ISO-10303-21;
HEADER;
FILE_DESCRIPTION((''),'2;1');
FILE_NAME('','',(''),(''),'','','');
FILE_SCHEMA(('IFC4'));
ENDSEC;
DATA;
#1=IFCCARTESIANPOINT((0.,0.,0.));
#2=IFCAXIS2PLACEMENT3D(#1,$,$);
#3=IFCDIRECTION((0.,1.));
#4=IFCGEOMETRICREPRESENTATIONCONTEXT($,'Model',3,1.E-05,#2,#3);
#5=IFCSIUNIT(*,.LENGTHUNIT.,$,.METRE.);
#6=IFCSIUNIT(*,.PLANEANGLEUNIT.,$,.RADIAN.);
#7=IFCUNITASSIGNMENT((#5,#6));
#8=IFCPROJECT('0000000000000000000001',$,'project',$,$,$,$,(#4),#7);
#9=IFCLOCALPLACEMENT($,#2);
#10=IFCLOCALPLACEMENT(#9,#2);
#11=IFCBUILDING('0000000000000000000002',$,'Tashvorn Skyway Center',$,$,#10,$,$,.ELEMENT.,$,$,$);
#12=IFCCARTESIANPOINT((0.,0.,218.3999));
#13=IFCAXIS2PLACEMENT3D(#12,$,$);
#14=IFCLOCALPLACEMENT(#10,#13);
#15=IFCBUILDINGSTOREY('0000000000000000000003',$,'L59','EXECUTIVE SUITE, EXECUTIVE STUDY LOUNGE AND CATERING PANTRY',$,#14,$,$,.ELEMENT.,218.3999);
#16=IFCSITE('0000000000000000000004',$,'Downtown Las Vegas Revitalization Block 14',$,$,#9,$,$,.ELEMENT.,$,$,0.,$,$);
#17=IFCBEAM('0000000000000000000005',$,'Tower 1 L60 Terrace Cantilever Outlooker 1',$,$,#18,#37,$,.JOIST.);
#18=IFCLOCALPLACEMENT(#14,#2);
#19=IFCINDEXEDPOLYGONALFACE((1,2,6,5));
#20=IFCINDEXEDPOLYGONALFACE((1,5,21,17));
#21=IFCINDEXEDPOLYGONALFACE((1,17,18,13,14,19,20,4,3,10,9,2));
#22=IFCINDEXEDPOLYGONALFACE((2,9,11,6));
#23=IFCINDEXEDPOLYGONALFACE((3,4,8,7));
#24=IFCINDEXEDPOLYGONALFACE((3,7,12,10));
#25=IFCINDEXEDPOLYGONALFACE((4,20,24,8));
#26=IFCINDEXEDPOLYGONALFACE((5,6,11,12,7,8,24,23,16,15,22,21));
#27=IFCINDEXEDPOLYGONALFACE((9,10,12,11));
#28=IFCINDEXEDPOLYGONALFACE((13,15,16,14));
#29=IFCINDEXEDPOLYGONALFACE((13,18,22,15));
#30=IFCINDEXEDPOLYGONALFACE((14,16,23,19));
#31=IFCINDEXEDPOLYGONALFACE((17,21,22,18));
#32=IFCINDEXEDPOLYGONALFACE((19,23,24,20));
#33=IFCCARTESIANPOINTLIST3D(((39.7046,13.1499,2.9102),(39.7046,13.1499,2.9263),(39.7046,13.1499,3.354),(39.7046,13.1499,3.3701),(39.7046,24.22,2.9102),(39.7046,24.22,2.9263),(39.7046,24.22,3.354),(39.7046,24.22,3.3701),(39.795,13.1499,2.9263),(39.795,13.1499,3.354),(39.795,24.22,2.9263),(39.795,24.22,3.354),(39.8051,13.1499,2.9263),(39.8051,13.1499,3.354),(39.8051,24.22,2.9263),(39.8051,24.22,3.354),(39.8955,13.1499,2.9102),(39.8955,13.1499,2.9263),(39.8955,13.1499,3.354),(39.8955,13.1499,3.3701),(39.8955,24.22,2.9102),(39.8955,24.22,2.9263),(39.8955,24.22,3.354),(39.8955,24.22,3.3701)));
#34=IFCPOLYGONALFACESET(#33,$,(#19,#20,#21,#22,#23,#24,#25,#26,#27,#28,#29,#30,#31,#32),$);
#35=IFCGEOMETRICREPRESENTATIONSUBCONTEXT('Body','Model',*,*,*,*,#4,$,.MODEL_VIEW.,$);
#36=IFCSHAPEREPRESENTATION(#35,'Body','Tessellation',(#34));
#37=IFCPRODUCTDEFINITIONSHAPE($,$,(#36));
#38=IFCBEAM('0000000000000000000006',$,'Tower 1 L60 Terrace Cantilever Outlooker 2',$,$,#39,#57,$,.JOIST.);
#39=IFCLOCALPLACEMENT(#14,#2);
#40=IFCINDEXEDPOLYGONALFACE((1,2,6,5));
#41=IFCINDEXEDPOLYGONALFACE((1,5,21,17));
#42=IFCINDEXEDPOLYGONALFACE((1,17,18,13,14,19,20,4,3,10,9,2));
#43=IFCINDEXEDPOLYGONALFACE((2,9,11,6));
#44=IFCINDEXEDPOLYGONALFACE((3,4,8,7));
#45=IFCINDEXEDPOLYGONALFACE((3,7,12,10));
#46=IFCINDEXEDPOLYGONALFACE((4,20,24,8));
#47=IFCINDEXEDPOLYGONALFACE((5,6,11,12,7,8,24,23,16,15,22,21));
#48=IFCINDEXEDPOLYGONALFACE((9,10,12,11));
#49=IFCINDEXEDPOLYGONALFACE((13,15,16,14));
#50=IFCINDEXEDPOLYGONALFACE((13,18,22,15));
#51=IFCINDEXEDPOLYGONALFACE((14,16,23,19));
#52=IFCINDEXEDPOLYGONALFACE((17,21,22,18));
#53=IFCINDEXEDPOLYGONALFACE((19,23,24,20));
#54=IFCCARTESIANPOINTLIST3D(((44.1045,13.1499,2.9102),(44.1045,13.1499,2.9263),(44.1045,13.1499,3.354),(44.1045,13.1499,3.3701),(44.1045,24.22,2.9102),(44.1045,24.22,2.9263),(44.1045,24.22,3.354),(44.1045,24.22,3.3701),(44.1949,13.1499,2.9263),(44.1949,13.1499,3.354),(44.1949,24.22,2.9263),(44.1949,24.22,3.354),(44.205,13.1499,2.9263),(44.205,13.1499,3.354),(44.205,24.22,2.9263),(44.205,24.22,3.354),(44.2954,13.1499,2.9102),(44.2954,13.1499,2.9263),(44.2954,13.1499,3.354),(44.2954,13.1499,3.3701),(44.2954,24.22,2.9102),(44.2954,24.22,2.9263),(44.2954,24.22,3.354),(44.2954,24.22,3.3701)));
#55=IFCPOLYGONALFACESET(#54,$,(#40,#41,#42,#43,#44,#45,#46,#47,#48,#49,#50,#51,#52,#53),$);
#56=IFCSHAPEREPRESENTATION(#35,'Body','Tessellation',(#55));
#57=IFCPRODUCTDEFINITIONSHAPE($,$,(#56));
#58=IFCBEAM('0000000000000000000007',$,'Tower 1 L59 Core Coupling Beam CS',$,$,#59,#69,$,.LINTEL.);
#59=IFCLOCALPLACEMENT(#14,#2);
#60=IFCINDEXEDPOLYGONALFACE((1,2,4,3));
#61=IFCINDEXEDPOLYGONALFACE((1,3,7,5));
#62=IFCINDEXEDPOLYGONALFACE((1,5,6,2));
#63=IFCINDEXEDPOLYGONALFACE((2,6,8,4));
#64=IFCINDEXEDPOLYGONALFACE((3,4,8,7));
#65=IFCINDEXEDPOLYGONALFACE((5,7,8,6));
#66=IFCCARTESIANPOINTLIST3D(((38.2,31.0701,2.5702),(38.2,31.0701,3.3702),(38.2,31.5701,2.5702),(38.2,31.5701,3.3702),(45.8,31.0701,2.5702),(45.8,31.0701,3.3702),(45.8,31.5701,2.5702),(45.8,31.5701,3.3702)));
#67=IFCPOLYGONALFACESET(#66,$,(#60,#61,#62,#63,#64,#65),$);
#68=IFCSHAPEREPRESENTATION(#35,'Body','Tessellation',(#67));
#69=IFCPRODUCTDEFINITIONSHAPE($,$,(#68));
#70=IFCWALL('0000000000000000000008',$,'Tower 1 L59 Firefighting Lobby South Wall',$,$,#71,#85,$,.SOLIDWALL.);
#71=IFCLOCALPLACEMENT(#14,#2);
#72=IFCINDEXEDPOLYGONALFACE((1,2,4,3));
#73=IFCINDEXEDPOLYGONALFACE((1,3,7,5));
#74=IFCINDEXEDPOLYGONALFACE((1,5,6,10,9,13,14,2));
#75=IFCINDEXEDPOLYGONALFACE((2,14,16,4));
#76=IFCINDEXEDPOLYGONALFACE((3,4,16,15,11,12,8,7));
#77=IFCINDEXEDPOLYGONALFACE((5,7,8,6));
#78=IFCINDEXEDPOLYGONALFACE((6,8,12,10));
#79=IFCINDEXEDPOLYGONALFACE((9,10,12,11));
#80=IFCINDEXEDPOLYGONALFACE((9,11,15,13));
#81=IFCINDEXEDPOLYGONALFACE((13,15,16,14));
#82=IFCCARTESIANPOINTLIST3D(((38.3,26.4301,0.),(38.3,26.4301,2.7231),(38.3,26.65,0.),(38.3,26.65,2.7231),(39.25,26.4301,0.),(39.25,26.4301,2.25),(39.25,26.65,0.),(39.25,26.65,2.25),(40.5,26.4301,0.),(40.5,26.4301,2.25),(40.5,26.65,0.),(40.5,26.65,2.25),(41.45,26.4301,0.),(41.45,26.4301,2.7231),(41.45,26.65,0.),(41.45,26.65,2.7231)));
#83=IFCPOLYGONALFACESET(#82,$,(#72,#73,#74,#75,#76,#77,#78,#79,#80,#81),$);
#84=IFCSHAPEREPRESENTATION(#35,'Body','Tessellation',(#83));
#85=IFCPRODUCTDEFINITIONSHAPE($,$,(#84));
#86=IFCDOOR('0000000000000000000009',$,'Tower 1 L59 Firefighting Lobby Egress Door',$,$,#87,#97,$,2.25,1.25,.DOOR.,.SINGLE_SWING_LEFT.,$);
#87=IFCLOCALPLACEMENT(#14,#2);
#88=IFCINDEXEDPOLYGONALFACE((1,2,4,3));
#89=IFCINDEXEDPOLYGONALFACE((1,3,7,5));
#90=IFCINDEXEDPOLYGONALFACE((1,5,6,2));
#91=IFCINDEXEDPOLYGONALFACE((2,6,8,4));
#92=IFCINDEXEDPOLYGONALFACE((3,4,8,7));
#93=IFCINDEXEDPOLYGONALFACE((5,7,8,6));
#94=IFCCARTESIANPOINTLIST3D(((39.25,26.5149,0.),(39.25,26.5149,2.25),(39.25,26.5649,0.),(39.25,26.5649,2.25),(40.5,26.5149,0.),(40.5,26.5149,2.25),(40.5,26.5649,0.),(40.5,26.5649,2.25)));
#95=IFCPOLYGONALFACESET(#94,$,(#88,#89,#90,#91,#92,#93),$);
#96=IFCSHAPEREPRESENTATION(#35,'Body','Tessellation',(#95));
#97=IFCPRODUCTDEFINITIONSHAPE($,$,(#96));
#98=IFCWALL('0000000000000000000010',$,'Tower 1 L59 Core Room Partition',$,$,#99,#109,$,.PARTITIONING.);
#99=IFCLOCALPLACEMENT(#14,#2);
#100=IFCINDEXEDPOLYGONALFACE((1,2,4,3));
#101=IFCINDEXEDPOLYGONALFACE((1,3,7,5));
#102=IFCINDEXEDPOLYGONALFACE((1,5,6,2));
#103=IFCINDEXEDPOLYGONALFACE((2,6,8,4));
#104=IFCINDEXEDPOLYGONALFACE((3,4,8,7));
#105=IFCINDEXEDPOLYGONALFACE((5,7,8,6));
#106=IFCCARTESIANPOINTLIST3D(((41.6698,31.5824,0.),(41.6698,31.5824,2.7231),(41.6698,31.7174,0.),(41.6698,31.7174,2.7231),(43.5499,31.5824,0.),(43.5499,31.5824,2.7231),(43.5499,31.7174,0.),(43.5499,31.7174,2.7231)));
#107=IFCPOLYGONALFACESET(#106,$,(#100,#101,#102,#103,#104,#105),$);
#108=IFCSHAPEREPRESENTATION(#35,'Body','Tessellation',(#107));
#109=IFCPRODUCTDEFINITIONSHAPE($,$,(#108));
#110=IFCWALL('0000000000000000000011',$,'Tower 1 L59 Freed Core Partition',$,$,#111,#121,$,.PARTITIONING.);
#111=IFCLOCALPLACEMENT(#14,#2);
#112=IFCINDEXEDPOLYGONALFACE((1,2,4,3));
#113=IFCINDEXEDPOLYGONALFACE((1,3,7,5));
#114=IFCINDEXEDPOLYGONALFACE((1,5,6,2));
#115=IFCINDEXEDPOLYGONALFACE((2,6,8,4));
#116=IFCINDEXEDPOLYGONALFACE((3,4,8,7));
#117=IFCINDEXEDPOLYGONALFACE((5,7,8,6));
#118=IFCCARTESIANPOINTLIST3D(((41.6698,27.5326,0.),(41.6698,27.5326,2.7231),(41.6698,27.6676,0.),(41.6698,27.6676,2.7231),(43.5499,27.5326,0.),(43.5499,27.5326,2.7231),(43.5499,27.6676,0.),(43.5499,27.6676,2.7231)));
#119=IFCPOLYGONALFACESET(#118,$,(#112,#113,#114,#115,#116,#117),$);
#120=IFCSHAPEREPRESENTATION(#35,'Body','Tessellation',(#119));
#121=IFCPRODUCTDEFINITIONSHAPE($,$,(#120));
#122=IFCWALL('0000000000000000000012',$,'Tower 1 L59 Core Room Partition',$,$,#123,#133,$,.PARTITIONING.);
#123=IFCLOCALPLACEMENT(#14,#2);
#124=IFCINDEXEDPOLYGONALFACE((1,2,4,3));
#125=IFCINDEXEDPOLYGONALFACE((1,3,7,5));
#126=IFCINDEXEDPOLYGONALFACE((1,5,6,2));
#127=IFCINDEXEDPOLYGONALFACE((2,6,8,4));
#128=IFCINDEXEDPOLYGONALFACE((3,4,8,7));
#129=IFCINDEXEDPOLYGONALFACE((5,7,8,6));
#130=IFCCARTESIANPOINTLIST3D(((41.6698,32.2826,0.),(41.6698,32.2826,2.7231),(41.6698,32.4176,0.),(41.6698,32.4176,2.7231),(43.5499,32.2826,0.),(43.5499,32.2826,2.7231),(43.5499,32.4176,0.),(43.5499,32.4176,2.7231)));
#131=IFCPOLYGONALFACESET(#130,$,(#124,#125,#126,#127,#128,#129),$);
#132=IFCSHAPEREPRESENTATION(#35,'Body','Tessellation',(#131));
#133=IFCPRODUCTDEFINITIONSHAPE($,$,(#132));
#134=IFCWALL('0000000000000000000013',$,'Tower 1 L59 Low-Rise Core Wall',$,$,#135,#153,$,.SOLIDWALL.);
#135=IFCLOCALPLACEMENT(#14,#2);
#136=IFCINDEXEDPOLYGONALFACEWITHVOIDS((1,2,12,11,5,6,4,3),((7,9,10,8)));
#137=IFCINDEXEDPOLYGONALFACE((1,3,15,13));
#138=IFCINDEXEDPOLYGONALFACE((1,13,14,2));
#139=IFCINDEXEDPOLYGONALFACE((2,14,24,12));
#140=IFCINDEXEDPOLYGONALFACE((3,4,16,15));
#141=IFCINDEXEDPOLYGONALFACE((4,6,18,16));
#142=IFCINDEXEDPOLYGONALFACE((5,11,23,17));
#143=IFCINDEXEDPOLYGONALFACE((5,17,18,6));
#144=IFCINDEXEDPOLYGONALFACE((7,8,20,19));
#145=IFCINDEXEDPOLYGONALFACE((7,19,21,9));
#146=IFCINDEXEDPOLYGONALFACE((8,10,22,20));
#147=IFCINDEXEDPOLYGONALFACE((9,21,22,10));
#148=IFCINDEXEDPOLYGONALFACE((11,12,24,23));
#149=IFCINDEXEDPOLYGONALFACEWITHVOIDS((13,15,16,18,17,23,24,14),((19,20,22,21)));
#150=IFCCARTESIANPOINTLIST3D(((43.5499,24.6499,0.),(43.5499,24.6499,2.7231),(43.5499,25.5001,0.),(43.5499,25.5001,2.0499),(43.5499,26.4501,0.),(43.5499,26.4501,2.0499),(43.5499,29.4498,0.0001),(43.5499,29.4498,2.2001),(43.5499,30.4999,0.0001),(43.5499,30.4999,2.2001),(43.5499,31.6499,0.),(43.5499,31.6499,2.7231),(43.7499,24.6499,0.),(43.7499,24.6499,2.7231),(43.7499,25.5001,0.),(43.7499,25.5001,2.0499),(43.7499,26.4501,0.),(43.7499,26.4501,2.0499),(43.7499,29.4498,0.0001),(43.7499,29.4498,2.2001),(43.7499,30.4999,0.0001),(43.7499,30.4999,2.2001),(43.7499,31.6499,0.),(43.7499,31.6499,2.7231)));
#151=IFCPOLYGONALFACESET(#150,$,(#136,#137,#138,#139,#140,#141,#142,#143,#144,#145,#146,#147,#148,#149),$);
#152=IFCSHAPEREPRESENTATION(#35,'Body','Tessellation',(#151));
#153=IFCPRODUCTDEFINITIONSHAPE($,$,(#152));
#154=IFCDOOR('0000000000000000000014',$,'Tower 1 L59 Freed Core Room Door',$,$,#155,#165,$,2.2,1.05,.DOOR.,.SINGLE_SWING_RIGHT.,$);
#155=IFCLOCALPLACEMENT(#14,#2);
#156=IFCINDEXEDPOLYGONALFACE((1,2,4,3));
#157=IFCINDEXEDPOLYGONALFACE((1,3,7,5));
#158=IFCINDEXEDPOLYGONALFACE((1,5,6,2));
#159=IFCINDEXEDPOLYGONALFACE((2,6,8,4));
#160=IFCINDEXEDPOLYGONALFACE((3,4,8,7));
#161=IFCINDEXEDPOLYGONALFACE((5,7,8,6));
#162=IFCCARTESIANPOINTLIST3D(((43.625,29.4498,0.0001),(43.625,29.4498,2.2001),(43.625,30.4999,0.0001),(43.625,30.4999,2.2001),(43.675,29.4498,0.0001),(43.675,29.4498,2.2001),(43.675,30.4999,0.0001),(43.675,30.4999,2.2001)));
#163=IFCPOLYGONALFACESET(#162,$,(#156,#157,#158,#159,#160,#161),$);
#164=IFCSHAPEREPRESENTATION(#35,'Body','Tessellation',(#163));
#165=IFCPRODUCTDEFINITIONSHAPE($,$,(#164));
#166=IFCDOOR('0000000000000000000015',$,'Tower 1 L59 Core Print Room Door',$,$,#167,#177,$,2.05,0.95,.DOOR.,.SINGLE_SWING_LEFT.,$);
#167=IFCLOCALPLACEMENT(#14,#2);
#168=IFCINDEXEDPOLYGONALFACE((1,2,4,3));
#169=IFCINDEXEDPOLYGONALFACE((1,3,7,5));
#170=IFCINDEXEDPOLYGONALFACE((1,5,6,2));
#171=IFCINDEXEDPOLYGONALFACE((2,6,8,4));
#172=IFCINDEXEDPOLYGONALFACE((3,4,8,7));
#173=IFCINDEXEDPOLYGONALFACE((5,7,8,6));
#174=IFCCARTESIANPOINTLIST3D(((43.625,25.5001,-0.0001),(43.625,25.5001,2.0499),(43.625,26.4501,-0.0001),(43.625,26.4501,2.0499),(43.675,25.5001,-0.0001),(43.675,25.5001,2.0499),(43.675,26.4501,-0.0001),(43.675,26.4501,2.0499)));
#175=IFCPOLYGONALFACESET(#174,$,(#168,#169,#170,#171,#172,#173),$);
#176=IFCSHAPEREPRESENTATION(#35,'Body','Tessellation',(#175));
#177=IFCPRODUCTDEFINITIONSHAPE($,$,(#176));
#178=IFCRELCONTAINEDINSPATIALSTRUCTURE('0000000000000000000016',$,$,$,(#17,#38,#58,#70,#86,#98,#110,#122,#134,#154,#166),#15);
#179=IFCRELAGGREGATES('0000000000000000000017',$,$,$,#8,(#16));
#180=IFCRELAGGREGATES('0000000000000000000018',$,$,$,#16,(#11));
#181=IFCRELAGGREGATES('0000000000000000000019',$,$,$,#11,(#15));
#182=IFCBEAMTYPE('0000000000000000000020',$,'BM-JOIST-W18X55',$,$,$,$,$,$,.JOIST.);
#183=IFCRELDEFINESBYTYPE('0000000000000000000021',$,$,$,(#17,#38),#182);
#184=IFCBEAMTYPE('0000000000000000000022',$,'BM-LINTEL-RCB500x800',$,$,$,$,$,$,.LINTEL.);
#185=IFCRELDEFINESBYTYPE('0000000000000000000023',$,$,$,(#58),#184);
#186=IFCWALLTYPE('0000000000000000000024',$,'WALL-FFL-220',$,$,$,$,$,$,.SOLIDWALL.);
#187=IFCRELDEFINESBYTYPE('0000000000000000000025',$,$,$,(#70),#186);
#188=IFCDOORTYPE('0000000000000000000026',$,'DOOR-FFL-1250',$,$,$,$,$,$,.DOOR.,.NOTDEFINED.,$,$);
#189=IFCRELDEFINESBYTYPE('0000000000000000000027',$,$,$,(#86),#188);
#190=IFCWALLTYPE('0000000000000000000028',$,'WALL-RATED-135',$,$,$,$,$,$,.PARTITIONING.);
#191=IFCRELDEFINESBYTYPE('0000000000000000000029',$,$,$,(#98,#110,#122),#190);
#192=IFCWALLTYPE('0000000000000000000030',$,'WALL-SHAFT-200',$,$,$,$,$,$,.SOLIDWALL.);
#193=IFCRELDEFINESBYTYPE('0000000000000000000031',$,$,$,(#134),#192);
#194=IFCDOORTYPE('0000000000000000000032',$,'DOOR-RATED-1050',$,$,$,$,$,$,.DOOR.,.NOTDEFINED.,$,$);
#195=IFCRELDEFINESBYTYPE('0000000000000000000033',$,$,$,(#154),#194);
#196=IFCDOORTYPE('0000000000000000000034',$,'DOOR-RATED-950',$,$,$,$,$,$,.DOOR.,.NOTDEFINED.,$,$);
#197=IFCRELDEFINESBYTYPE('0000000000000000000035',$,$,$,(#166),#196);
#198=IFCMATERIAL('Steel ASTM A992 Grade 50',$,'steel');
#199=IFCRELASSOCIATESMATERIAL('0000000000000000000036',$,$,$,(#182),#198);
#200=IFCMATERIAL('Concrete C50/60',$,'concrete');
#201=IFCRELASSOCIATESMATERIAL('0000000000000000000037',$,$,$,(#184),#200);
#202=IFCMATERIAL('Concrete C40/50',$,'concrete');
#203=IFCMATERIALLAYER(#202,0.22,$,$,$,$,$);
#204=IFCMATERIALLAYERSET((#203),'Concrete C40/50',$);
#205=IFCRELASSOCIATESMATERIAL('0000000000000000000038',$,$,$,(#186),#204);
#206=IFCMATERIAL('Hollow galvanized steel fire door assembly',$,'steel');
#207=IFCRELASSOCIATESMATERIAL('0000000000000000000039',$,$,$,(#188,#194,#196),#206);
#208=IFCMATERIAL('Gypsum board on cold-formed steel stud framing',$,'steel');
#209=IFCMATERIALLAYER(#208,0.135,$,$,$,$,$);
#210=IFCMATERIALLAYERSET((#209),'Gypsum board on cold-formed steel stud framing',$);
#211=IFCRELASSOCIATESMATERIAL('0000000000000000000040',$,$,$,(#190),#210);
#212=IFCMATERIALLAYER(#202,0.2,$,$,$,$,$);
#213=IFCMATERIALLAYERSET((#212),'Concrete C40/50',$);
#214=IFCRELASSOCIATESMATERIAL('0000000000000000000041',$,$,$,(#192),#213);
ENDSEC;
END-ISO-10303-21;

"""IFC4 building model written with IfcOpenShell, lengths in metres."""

from ifc_helpers import new_model, si_unit, direction, frame, frame_2d, origin, origin_2d, place, context, subcontext, project, spatial, rectangle, i_section, extrude, material, layer, layer_set, material_profile, profile_set, type_object, element, fill, save


model = new_model("IFC4")

# Units and contexts
model_context = context("Model", 3, precision=1e-05, world=origin(), true_north=direction((0.0, 1.0)))
body_context = subcontext(model_context, "Body", "Model", "MODEL_VIEW")
ifc_project = project(units=[si_unit("LENGTHUNIT", "METRE"), si_unit("PLANEANGLEUNIT", "RADIAN")], contexts=[model_context])

# Site, building, storey
site_placement = place(None, origin())
site = spatial("IfcSite", under=ifc_project, at=site_placement, Name="Downtown Las Vegas Revitalization Block 14", CompositionType="ELEMENT", RefElevation=0.0)
building_placement = place(site_placement, origin())
building = spatial("IfcBuilding", under=site, at=building_placement, Name="Tashvorn Skyway Center", CompositionType="ELEMENT")
storey_placement = place(building_placement, frame((0.0, 0.0, 218.3999)))
storey = spatial("IfcBuildingStorey", under=building, at=storey_placement, Name="L59", Description="EXECUTIVE SUITE, EXECUTIVE STUDY LOUNGE AND CATERING PANTRY", CompositionType="ELEMENT", Elevation=218.3999)

# Beams
ifc_material_1 = material(Name="Steel ASTM A992 Grade 50", Category="steel")
ifc_material_profile_1 = material_profile(ifc_material_1, i_section(OverallWidth=0.1909, OverallDepth=0.46, WebThickness=0.01, FlangeThickness=0.0161, at=origin_2d()), Name="W18X55")
ifc_profile_set_1 = profile_set([ifc_material_profile_1], Name="Steel ASTM A992 Grade 50")
beam_type_1 = type_object("IfcBeamType", Name="BM-JOIST-W18X55", PredefinedType="JOIST", material=ifc_profile_set_1)
for number, where, z_axis, x_axis, name in (
    (1, (39.8, 24.22, 3.1401), (0.0, -1.0, 0.0), (1.0, 0.0, 0.0), "Tower 1 L60 Terrace Cantilever Outlooker 1"),
    (2, (44.2, 24.22, 3.1401), (0.0, -1.0, 0.0), (1.0, 0.0, 0.0), "Tower 1 L60 Terrace Cantilever Outlooker 2"),
):
    element("IfcBeam", number, at=place(storey_placement, frame(where, z_axis=z_axis, x_axis=x_axis)), inside=storey, type_object=beam_type_1, Name=name, PredefinedType="JOIST", context=body_context, shape_type="SweptSolid", body=[
        extrude(i_section(OverallWidth=0.1909, OverallDepth=0.46, WebThickness=0.01, FlangeThickness=0.0161, at=origin_2d()), origin(), (0.0, 0.0, 1.0), 11.0701),
    ])
ifc_material_2 = material(Name="Concrete C50/60", Category="concrete")
ifc_material_profile_2 = material_profile(ifc_material_2, rectangle(XDim=0.5, YDim=0.8, at=origin_2d()), Name="RCB500x800")
ifc_profile_set_2 = profile_set([ifc_material_profile_2], Name="Concrete C50/60")
beam_type_2 = type_object("IfcBeamType", Name="BM-LINTEL-RCB500x800", PredefinedType="LINTEL", material=ifc_profile_set_2)
beam_placement = place(storey_placement, frame((38.2, 31.3201, 2.9702), z_axis=(1.0, 0.0, 0.0), x_axis=(0.0, 1.0, 0.0)))
element("IfcBeam", 3, at=beam_placement, inside=storey, type_object=beam_type_2, Name="Tower 1 L59 Core Coupling Beam CS", PredefinedType="LINTEL", context=body_context, shape_type="SweptSolid", body=[
    extrude(rectangle(XDim=0.5, YDim=0.8, at=origin_2d()), origin(), (0.0, 0.0, 1.0), 7.6001),
])

# Wall, opening, door
ifc_material_3 = material(Name="Concrete C40/50", Category="concrete")
ifc_layer_1 = layer(ifc_material_3, 0.22)
ifc_layer_set_1 = layer_set([ifc_layer_1], Name="Concrete C40/50")
wall_type_1 = type_object("IfcWallType", Name="WALL-FFL-220", PredefinedType="SOLIDWALL", material=ifc_layer_set_1)
wall_1_placement = place(storey_placement, frame((38.3, 26.54, 0.0), z_axis=(0.0, 0.0, 1.0), x_axis=(1.0, 0.0, 0.0)))
wall_1 = element("IfcWall", 4, at=wall_1_placement, inside=storey, type_object=wall_type_1, Name="Tower 1 L59 Firefighting Lobby South Wall", PredefinedType="SOLIDWALL", context=body_context, shape_type="SweptSolid", body=[
    extrude(rectangle(XDim=3.1499, YDim=0.22, at=frame_2d((1.575, 0.0))), origin(), (0.0, 0.0, 1.0), 2.7231),
])
opening_1_placement = place(wall_1_placement, frame((0.95, 0.0, 0.0)))
opening_1 = element("IfcOpeningElement", 5, at=opening_1_placement, cuts=wall_1, PredefinedType="OPENING", context=body_context, shape_type="SweptSolid", body=[
    extrude(rectangle(XDim=1.25, YDim=2.25, at=frame_2d((0.625, 1.125))), frame((0.0, 0.1199, 0.0), z_axis=(0.0, -1.0, 0.0), x_axis=(1.0, 0.0, 0.0)), (0.0, 0.0, 1.0), 0.24),
])
ifc_material_4 = material(Name="Hollow galvanized steel fire door assembly", Category="steel")
door_type_1 = type_object("IfcDoorType", Name="DOOR-FFL-1250", OperationType="NOTDEFINED", PredefinedType="DOOR", material=ifc_material_4)
door_1_placement = place(opening_1_placement, origin())
door_1 = element("IfcDoor", 6, at=door_1_placement, inside=storey, type_object=door_type_1, Name="Tower 1 L59 Firefighting Lobby Egress Door", OperationType="SINGLE_SWING_LEFT", OverallHeight=2.25, OverallWidth=1.25, PredefinedType="DOOR", context=body_context, shape_type="SweptSolid", body=[
    extrude(rectangle(XDim=1.25, YDim=2.25, at=frame_2d((0.625, 1.125))), frame((0.0, 0.0249, 0.0), z_axis=(0.0, -1.0, 0.0), x_axis=(1.0, 0.0, 0.0)), (0.0, 0.0, 1.0), 0.05),
])
fill(opening_1, door_1)

# Walls
ifc_material_5 = material(Name="Gypsum board on cold-formed steel stud framing", Category="steel")
ifc_layer_2 = layer(ifc_material_5, 0.135)
ifc_layer_set_2 = layer_set([ifc_layer_2], Name="Gypsum board on cold-formed steel stud framing")
wall_type_2 = type_object("IfcWallType", Name="WALL-RATED-135", PredefinedType="PARTITIONING", material=ifc_layer_set_2)
for number, where, z_axis, x_axis, name in (
    (7, (41.6699, 31.6499, 0.0), (0.0, 0.0, 1.0), (1.0, 0.0, 0.0), "Tower 1 L59 Core Room Partition"),
    (8, (41.6699, 27.6001, 0.0), (0.0, 0.0, 1.0), (1.0, 0.0, 0.0), "Tower 1 L59 Freed Core Partition"),
    (9, (41.6699, 32.3501, 0.0), (0.0, 0.0, 1.0), (1.0, 0.0, 0.0), "Tower 1 L59 Core Room Partition"),
):
    element("IfcWall", number, at=place(storey_placement, frame(where, z_axis=z_axis, x_axis=x_axis)), inside=storey, type_object=wall_type_2, Name=name, PredefinedType="PARTITIONING", context=body_context, shape_type="SweptSolid", body=[
        extrude(rectangle(XDim=1.8801, YDim=0.135, at=frame_2d((0.9399, 0.0))), origin(), (0.0, 0.0, 1.0), 2.7231),
    ])

# Wall, openings, doors
ifc_layer_3 = layer(ifc_material_3, 0.2)
ifc_layer_set_3 = layer_set([ifc_layer_3], Name="Concrete C40/50")
wall_type_3 = type_object("IfcWallType", Name="WALL-SHAFT-200", PredefinedType="SOLIDWALL", material=ifc_layer_set_3)
wall_2_placement = place(storey_placement, frame((43.6499, 24.6499, 0.0), z_axis=(0.0, 0.0, 1.0), x_axis=(0.0, 1.0, 0.0)))
wall_2 = element("IfcWall", 10, at=wall_2_placement, inside=storey, type_object=wall_type_3, Name="Tower 1 L59 Low-Rise Core Wall", PredefinedType="SOLIDWALL", context=body_context, shape_type="SweptSolid", body=[
    extrude(rectangle(XDim=7.0, YDim=0.2, at=frame_2d((3.5, 0.0))), origin(), (0.0, 0.0, 1.0), 2.7231),
])
opening_2_placement = place(wall_2_placement, frame((0.8501, 0.0, 0.0)))
opening_2 = element("IfcOpeningElement", 11, at=opening_2_placement, cuts=wall_2, PredefinedType="OPENING", context=body_context, shape_type="SweptSolid", body=[
    extrude(rectangle(XDim=0.95, YDim=2.05, at=frame_2d((0.4751, 1.0249))), frame((0.0, 0.1099, 0.0), z_axis=(0.0, -1.0, 0.0), x_axis=(1.0, 0.0, 0.0)), (0.0, 0.0, 1.0), 0.22),
])
opening_3_placement = place(wall_2_placement, frame((4.8, 0.0, 0.0)))
opening_3 = element("IfcOpeningElement", 12, at=opening_3_placement, cuts=wall_2, PredefinedType="OPENING", context=body_context, shape_type="SweptSolid", body=[
    extrude(rectangle(XDim=1.05, YDim=2.2, at=frame_2d((0.5249, 1.1001))), frame((0.0, 0.1099, 0.0), z_axis=(0.0, -1.0, 0.0), x_axis=(1.0, 0.0, 0.0)), (0.0, 0.0, 1.0), 0.22),
])
door_type_2 = type_object("IfcDoorType", Name="DOOR-RATED-1050", OperationType="NOTDEFINED", PredefinedType="DOOR", material=ifc_material_4)
door_2_placement = place(opening_3_placement, origin())
door_2 = element("IfcDoor", 13, at=door_2_placement, inside=storey, type_object=door_type_2, Name="Tower 1 L59 Freed Core Room Door", OperationType="SINGLE_SWING_RIGHT", OverallHeight=2.2, OverallWidth=1.05, PredefinedType="DOOR", context=body_context, shape_type="SweptSolid", body=[
    extrude(rectangle(XDim=1.05, YDim=2.2, at=frame_2d((0.5249, 1.1001))), frame((0.0, 0.0249, 0.0), z_axis=(0.0, -1.0, 0.0), x_axis=(1.0, 0.0, 0.0)), (0.0, 0.0, 1.0), 0.05),
])
fill(opening_3, door_2)
door_type_3 = type_object("IfcDoorType", Name="DOOR-RATED-950", OperationType="NOTDEFINED", PredefinedType="DOOR", material=ifc_material_4)
door_3_placement = place(opening_2_placement, origin())
door_3 = element("IfcDoor", 14, at=door_3_placement, inside=storey, type_object=door_type_3, Name="Tower 1 L59 Core Print Room Door", OperationType="SINGLE_SWING_LEFT", OverallHeight=2.05, OverallWidth=0.95, PredefinedType="DOOR", context=body_context, shape_type="SweptSolid", body=[
    extrude(rectangle(XDim=0.95, YDim=2.05, at=frame_2d((0.4751, 1.0249))), frame((0.0, 0.0249, 0.0), z_axis=(0.0, -1.0, 0.0), x_axis=(1.0, 0.0, 0.0)), (0.0, 0.0, 1.0), 0.05),
])
fill(opening_2, door_3)

save(model, "model.ifc")
